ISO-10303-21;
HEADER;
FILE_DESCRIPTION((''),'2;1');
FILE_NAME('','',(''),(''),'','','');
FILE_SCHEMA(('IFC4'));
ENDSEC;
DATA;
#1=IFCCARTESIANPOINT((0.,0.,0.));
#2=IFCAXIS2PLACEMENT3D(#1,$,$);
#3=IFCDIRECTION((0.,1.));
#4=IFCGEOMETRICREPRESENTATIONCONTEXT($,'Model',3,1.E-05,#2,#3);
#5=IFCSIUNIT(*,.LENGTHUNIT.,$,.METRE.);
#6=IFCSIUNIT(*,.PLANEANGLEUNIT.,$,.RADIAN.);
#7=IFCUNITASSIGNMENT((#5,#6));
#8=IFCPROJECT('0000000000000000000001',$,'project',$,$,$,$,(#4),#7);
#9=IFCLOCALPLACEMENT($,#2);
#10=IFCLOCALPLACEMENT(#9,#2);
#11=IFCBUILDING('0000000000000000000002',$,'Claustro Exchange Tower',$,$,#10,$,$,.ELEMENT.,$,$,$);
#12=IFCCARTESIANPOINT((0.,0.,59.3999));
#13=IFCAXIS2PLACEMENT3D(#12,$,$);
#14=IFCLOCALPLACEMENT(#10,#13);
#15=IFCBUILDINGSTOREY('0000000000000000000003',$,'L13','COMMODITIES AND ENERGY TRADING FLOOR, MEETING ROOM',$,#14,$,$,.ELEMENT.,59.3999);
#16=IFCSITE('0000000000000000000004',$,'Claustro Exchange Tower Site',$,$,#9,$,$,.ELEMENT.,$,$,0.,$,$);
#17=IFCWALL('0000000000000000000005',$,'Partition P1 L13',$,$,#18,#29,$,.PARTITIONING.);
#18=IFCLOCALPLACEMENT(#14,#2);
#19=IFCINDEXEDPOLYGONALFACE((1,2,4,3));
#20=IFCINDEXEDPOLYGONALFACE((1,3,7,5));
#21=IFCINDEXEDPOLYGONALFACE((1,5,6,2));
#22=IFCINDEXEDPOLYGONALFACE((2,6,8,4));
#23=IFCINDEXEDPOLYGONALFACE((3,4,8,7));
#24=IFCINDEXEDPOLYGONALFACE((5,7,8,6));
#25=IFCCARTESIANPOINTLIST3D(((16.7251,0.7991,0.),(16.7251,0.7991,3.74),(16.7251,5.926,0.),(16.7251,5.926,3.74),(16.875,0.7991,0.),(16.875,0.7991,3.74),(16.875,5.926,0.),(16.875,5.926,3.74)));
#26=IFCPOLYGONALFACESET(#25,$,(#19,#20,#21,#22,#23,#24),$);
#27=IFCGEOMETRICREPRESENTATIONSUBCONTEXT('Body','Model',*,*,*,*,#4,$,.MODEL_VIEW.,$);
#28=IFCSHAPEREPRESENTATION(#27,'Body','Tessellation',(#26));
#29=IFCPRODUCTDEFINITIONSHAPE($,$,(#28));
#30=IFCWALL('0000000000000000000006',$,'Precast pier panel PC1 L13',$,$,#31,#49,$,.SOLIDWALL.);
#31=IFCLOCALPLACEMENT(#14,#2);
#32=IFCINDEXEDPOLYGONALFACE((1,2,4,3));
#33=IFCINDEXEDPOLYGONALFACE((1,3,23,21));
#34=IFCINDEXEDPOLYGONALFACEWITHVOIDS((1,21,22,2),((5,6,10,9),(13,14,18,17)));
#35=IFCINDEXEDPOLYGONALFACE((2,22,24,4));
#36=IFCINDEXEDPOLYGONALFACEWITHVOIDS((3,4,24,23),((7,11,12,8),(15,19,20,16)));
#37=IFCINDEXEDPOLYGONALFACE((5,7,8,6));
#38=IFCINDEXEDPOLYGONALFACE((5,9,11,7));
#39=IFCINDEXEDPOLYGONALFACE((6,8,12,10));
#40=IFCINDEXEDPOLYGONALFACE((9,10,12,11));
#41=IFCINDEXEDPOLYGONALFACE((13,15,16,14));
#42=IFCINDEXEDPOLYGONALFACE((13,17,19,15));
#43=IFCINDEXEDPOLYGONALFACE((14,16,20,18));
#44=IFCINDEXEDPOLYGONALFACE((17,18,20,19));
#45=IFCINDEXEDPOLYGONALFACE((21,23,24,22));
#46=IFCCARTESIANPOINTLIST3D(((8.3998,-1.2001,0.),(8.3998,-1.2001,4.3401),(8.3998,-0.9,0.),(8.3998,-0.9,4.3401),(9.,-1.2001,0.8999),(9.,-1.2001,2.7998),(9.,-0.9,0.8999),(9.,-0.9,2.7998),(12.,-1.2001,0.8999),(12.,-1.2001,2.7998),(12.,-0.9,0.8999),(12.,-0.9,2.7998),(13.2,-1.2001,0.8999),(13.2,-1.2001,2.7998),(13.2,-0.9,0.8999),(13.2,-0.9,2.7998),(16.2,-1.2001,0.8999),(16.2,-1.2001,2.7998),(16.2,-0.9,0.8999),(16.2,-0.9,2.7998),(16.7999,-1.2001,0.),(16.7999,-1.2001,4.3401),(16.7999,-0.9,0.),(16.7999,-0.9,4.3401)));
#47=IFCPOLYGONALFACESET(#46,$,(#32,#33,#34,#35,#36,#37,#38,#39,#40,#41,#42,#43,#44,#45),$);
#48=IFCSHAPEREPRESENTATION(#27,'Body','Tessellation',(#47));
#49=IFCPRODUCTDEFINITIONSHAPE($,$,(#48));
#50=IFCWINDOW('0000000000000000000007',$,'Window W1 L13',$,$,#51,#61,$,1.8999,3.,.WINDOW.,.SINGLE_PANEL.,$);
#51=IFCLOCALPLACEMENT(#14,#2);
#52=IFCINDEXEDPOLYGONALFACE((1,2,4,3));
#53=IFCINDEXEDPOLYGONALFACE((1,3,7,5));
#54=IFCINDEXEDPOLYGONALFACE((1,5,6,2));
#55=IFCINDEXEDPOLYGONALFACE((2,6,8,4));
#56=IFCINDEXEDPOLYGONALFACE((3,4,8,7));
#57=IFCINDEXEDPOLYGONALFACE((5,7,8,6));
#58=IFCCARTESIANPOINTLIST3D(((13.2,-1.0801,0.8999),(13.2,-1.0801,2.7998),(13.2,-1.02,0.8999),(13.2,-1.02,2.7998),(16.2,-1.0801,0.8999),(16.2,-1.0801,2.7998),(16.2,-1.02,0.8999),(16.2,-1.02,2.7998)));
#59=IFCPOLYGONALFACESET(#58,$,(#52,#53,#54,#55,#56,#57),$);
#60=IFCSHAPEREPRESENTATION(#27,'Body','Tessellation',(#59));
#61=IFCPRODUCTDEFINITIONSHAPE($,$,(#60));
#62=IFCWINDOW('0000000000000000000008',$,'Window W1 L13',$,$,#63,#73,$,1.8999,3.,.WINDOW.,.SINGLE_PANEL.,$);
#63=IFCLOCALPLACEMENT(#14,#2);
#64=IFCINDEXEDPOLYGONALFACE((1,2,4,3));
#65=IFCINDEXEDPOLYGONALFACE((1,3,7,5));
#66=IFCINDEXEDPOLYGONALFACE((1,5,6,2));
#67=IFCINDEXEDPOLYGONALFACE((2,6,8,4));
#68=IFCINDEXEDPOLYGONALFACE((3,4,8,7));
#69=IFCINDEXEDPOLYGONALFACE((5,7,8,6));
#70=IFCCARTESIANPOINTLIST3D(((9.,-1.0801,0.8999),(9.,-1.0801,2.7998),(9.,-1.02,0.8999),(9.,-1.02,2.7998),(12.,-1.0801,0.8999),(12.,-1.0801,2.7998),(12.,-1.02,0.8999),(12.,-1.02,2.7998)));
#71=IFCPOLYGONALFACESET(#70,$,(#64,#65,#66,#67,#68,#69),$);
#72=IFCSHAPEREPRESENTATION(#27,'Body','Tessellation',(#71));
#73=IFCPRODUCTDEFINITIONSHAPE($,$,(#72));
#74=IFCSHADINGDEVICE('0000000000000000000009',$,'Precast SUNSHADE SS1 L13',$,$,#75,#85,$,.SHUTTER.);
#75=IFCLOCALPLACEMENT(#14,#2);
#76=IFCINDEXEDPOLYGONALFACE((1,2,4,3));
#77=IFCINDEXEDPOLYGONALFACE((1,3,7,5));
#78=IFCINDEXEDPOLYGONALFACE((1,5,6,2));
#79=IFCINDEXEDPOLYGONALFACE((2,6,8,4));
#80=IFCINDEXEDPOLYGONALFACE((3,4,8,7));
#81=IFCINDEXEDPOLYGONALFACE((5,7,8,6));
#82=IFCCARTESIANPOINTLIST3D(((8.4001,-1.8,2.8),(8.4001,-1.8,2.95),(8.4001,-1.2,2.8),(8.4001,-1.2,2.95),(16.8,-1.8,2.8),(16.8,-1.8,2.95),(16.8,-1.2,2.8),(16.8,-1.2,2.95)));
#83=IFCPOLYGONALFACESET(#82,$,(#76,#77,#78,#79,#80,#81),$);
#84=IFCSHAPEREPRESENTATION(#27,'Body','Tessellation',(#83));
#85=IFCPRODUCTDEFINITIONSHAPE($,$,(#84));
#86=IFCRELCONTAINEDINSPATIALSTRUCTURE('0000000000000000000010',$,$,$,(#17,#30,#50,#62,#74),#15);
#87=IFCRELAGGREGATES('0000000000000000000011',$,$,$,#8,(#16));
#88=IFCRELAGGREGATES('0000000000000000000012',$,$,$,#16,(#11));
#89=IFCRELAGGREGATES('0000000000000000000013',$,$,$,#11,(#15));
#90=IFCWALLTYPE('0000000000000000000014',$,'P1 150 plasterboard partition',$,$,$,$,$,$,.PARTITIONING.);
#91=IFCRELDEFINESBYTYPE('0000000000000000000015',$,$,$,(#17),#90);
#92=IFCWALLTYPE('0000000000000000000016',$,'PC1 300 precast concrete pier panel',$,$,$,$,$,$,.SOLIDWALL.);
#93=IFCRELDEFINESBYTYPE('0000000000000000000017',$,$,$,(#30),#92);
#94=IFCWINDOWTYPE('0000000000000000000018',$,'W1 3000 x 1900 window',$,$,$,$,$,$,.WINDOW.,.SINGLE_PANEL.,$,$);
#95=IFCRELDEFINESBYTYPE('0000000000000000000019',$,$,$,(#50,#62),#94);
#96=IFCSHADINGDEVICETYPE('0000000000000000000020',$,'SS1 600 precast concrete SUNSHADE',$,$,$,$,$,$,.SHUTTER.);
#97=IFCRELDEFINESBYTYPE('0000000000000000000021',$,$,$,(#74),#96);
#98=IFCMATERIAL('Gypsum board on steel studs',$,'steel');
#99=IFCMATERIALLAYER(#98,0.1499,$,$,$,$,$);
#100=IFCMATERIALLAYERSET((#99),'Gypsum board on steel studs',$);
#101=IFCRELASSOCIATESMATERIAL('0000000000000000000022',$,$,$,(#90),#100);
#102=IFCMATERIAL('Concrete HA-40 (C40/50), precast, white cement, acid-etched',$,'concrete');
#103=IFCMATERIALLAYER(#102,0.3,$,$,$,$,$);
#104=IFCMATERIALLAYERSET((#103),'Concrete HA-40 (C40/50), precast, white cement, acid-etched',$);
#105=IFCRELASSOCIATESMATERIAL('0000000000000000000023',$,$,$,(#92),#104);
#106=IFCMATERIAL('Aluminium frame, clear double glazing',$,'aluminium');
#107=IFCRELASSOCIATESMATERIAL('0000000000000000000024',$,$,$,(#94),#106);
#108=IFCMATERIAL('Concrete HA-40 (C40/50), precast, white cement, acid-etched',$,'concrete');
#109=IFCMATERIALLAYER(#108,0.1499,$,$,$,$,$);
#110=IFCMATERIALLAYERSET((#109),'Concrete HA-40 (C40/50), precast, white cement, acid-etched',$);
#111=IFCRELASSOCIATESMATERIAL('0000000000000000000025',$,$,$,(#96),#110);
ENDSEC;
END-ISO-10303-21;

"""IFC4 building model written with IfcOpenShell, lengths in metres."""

from ifc_helpers import new_model, si_unit, direction, frame, frame_2d, origin, origin_2d, place, context, subcontext, project, spatial, rectangle, extrude, material, layer, layer_set, type_object, element, fill, save


model = new_model("IFC4")

# Units and contexts
model_context = context("Model", 3, precision=1e-05, world=origin(), true_north=direction((0.0, 1.0)))
body_context = subcontext(model_context, "Body", "Model", "MODEL_VIEW")
ifc_project = project(units=[si_unit("LENGTHUNIT", "METRE"), si_unit("PLANEANGLEUNIT", "RADIAN")], contexts=[model_context])

# Site, building, storey
site_placement = place(None, origin())
site = spatial("IfcSite", under=ifc_project, at=site_placement, Name="Claustro Exchange Tower Site", CompositionType="ELEMENT", RefElevation=0.0)
building_placement = place(site_placement, origin())
building = spatial("IfcBuilding", under=site, at=building_placement, Name="Claustro Exchange Tower", CompositionType="ELEMENT")
storey_placement = place(building_placement, frame((0.0, 0.0, 59.3999)))
storey = spatial("IfcBuildingStorey", under=building, at=storey_placement, Name="L13", Description="COMMODITIES AND ENERGY TRADING FLOOR, MEETING ROOM", CompositionType="ELEMENT", Elevation=59.3999)

# Shared definitions
ifc_material_1 = material(Name="Gypsum board on steel studs", Category="steel")
ifc_layer_1 = layer(ifc_material_1, 0.1499)
ifc_layer_set_1 = layer_set([ifc_layer_1], Name="Gypsum board on steel studs")
wall_type_1 = type_object("IfcWallType", Name="P1 150 plasterboard partition", PredefinedType="PARTITIONING", material=ifc_layer_set_1)

# Wall
wall_1_placement = place(storey_placement, frame((16.8, 0.7991, 0.0), z_axis=(0.0, 0.0, 1.0), x_axis=(0.0, 1.0, 0.0)))
element("IfcWall", 1, at=wall_1_placement, inside=storey, type_object=wall_type_1, Name="Partition P1 L13", PredefinedType="PARTITIONING", context=body_context, shape_type="SweptSolid", body=[
    extrude(rectangle(XDim=5.127, YDim=0.1499, at=frame_2d((2.5635, 0.0))), origin(), (0.0, 0.0, 1.0), 3.74),
])

# Wall, openings, windows
ifc_material_2 = material(Name="Concrete HA-40 (C40/50), precast, white cement, acid-etched", Category="concrete")
ifc_layer_2 = layer(ifc_material_2, 0.3)
ifc_layer_set_2 = layer_set([ifc_layer_2], Name="Concrete HA-40 (C40/50), precast, white cement, acid-etched")
wall_type_2 = type_object("IfcWallType", Name="PC1 300 precast concrete pier panel", PredefinedType="SOLIDWALL", material=ifc_layer_set_2)
wall_2_placement = place(storey_placement, frame((16.8, -1.05, 0.0), z_axis=(0.0, 0.0, 1.0), x_axis=(-1.0, 0.0, 0.0)))
wall_2 = element("IfcWall", 2, at=wall_2_placement, inside=storey, type_object=wall_type_2, Name="Precast pier panel PC1 L13", PredefinedType="SOLIDWALL", context=body_context, shape_type="SweptSolid", body=[
    extrude(rectangle(XDim=8.4001, YDim=0.3, at=frame_2d((4.2002, 0.0))), origin(), (0.0, 0.0, 1.0), 4.3401),
])
opening_1_placement = place(wall_2_placement, frame((0.6001, 0.0, 0.8999)))
opening_1 = element("IfcOpeningElement", 3, at=opening_1_placement, cuts=wall_2, PredefinedType="OPENING", context=body_context, shape_type="SweptSolid", body=[
    extrude(rectangle(XDim=3.0, YDim=1.8999, at=frame_2d((1.5, 0.95))), frame((0.0, 0.1599, 0.0), z_axis=(0.0, -1.0, 0.0), x_axis=(1.0, 0.0, 0.0)), (0.0, 0.0, 1.0), 0.3201),
])
opening_2_placement = place(wall_2_placement, frame((4.8, 0.0, 0.8999)))
opening_2 = element("IfcOpeningElement", 4, at=opening_2_placement, cuts=wall_2, PredefinedType="OPENING", context=body_context, shape_type="SweptSolid", body=[
    extrude(rectangle(XDim=3.0, YDim=1.8999, at=frame_2d((1.5, 0.95))), frame((0.0, 0.1599, 0.0), z_axis=(0.0, -1.0, 0.0), x_axis=(1.0, 0.0, 0.0)), (0.0, 0.0, 1.0), 0.3201),
])
ifc_material_3 = material(Name="Aluminium frame, clear double glazing", Category="aluminium")
window_type = type_object("IfcWindowType", Name="W1 3000 x 1900 window", PartitioningType="SINGLE_PANEL", PredefinedType="WINDOW", material=ifc_material_3)
window_1_placement = place(opening_1_placement, origin())
window_1 = element("IfcWindow", 5, at=window_1_placement, inside=storey, type_object=window_type, Name="Window W1 L13", OverallHeight=1.8999, OverallWidth=3.0, PartitioningType="SINGLE_PANEL", PredefinedType="WINDOW", context=body_context, shape_type="SweptSolid", body=[
    extrude(rectangle(XDim=3.0, YDim=1.8999, at=frame_2d((1.5, 0.95))), frame((0.0, 0.03, 0.0), z_axis=(0.0, -1.0, 0.0), x_axis=(1.0, 0.0, 0.0)), (0.0, 0.0, 1.0), 0.0601),
])
fill(opening_1, window_1)
window_2_placement = place(opening_2_placement, origin())
window_2 = element("IfcWindow", 6, at=window_2_placement, inside=storey, type_object=window_type, Name="Window W1 L13", OverallHeight=1.8999, OverallWidth=3.0, PartitioningType="SINGLE_PANEL", PredefinedType="WINDOW", context=body_context, shape_type="SweptSolid", body=[
    extrude(rectangle(XDim=3.0, YDim=1.8999, at=frame_2d((1.5, 0.95))), frame((0.0, 0.03, 0.0), z_axis=(0.0, -1.0, 0.0), x_axis=(1.0, 0.0, 0.0)), (0.0, 0.0, 1.0), 0.0601),
])
fill(opening_2, window_2)

# Shading device
ifc_material_4 = material(Name="Concrete HA-40 (C40/50), precast, white cement, acid-etched", Category="concrete")
ifc_layer_3 = layer(ifc_material_4, 0.1499)
ifc_layer_set_3 = layer_set([ifc_layer_3], Name="Concrete HA-40 (C40/50), precast, white cement, acid-etched")
shading_device_type = type_object("IfcShadingDeviceType", Name="SS1 600 precast concrete SUNSHADE", PredefinedType="SHUTTER", material=ifc_layer_set_3)
shading_device_placement = place(storey_placement, frame((12.6001, -1.5, 2.8), z_axis=(0.0, 0.0, 1.0), x_axis=(-1.0, 0.0, 0.0)))
element("IfcShadingDevice", 7, at=shading_device_placement, inside=storey, type_object=shading_device_type, Name="Precast SUNSHADE SS1 L13", PredefinedType="SHUTTER", context=body_context, shape_type="SweptSolid", body=[
    extrude(rectangle(XDim=8.3999, YDim=0.6001, at=origin_2d()), origin(), (0.0, 0.0, 1.0), 0.1499),
])

save(model, "model.ifc")
